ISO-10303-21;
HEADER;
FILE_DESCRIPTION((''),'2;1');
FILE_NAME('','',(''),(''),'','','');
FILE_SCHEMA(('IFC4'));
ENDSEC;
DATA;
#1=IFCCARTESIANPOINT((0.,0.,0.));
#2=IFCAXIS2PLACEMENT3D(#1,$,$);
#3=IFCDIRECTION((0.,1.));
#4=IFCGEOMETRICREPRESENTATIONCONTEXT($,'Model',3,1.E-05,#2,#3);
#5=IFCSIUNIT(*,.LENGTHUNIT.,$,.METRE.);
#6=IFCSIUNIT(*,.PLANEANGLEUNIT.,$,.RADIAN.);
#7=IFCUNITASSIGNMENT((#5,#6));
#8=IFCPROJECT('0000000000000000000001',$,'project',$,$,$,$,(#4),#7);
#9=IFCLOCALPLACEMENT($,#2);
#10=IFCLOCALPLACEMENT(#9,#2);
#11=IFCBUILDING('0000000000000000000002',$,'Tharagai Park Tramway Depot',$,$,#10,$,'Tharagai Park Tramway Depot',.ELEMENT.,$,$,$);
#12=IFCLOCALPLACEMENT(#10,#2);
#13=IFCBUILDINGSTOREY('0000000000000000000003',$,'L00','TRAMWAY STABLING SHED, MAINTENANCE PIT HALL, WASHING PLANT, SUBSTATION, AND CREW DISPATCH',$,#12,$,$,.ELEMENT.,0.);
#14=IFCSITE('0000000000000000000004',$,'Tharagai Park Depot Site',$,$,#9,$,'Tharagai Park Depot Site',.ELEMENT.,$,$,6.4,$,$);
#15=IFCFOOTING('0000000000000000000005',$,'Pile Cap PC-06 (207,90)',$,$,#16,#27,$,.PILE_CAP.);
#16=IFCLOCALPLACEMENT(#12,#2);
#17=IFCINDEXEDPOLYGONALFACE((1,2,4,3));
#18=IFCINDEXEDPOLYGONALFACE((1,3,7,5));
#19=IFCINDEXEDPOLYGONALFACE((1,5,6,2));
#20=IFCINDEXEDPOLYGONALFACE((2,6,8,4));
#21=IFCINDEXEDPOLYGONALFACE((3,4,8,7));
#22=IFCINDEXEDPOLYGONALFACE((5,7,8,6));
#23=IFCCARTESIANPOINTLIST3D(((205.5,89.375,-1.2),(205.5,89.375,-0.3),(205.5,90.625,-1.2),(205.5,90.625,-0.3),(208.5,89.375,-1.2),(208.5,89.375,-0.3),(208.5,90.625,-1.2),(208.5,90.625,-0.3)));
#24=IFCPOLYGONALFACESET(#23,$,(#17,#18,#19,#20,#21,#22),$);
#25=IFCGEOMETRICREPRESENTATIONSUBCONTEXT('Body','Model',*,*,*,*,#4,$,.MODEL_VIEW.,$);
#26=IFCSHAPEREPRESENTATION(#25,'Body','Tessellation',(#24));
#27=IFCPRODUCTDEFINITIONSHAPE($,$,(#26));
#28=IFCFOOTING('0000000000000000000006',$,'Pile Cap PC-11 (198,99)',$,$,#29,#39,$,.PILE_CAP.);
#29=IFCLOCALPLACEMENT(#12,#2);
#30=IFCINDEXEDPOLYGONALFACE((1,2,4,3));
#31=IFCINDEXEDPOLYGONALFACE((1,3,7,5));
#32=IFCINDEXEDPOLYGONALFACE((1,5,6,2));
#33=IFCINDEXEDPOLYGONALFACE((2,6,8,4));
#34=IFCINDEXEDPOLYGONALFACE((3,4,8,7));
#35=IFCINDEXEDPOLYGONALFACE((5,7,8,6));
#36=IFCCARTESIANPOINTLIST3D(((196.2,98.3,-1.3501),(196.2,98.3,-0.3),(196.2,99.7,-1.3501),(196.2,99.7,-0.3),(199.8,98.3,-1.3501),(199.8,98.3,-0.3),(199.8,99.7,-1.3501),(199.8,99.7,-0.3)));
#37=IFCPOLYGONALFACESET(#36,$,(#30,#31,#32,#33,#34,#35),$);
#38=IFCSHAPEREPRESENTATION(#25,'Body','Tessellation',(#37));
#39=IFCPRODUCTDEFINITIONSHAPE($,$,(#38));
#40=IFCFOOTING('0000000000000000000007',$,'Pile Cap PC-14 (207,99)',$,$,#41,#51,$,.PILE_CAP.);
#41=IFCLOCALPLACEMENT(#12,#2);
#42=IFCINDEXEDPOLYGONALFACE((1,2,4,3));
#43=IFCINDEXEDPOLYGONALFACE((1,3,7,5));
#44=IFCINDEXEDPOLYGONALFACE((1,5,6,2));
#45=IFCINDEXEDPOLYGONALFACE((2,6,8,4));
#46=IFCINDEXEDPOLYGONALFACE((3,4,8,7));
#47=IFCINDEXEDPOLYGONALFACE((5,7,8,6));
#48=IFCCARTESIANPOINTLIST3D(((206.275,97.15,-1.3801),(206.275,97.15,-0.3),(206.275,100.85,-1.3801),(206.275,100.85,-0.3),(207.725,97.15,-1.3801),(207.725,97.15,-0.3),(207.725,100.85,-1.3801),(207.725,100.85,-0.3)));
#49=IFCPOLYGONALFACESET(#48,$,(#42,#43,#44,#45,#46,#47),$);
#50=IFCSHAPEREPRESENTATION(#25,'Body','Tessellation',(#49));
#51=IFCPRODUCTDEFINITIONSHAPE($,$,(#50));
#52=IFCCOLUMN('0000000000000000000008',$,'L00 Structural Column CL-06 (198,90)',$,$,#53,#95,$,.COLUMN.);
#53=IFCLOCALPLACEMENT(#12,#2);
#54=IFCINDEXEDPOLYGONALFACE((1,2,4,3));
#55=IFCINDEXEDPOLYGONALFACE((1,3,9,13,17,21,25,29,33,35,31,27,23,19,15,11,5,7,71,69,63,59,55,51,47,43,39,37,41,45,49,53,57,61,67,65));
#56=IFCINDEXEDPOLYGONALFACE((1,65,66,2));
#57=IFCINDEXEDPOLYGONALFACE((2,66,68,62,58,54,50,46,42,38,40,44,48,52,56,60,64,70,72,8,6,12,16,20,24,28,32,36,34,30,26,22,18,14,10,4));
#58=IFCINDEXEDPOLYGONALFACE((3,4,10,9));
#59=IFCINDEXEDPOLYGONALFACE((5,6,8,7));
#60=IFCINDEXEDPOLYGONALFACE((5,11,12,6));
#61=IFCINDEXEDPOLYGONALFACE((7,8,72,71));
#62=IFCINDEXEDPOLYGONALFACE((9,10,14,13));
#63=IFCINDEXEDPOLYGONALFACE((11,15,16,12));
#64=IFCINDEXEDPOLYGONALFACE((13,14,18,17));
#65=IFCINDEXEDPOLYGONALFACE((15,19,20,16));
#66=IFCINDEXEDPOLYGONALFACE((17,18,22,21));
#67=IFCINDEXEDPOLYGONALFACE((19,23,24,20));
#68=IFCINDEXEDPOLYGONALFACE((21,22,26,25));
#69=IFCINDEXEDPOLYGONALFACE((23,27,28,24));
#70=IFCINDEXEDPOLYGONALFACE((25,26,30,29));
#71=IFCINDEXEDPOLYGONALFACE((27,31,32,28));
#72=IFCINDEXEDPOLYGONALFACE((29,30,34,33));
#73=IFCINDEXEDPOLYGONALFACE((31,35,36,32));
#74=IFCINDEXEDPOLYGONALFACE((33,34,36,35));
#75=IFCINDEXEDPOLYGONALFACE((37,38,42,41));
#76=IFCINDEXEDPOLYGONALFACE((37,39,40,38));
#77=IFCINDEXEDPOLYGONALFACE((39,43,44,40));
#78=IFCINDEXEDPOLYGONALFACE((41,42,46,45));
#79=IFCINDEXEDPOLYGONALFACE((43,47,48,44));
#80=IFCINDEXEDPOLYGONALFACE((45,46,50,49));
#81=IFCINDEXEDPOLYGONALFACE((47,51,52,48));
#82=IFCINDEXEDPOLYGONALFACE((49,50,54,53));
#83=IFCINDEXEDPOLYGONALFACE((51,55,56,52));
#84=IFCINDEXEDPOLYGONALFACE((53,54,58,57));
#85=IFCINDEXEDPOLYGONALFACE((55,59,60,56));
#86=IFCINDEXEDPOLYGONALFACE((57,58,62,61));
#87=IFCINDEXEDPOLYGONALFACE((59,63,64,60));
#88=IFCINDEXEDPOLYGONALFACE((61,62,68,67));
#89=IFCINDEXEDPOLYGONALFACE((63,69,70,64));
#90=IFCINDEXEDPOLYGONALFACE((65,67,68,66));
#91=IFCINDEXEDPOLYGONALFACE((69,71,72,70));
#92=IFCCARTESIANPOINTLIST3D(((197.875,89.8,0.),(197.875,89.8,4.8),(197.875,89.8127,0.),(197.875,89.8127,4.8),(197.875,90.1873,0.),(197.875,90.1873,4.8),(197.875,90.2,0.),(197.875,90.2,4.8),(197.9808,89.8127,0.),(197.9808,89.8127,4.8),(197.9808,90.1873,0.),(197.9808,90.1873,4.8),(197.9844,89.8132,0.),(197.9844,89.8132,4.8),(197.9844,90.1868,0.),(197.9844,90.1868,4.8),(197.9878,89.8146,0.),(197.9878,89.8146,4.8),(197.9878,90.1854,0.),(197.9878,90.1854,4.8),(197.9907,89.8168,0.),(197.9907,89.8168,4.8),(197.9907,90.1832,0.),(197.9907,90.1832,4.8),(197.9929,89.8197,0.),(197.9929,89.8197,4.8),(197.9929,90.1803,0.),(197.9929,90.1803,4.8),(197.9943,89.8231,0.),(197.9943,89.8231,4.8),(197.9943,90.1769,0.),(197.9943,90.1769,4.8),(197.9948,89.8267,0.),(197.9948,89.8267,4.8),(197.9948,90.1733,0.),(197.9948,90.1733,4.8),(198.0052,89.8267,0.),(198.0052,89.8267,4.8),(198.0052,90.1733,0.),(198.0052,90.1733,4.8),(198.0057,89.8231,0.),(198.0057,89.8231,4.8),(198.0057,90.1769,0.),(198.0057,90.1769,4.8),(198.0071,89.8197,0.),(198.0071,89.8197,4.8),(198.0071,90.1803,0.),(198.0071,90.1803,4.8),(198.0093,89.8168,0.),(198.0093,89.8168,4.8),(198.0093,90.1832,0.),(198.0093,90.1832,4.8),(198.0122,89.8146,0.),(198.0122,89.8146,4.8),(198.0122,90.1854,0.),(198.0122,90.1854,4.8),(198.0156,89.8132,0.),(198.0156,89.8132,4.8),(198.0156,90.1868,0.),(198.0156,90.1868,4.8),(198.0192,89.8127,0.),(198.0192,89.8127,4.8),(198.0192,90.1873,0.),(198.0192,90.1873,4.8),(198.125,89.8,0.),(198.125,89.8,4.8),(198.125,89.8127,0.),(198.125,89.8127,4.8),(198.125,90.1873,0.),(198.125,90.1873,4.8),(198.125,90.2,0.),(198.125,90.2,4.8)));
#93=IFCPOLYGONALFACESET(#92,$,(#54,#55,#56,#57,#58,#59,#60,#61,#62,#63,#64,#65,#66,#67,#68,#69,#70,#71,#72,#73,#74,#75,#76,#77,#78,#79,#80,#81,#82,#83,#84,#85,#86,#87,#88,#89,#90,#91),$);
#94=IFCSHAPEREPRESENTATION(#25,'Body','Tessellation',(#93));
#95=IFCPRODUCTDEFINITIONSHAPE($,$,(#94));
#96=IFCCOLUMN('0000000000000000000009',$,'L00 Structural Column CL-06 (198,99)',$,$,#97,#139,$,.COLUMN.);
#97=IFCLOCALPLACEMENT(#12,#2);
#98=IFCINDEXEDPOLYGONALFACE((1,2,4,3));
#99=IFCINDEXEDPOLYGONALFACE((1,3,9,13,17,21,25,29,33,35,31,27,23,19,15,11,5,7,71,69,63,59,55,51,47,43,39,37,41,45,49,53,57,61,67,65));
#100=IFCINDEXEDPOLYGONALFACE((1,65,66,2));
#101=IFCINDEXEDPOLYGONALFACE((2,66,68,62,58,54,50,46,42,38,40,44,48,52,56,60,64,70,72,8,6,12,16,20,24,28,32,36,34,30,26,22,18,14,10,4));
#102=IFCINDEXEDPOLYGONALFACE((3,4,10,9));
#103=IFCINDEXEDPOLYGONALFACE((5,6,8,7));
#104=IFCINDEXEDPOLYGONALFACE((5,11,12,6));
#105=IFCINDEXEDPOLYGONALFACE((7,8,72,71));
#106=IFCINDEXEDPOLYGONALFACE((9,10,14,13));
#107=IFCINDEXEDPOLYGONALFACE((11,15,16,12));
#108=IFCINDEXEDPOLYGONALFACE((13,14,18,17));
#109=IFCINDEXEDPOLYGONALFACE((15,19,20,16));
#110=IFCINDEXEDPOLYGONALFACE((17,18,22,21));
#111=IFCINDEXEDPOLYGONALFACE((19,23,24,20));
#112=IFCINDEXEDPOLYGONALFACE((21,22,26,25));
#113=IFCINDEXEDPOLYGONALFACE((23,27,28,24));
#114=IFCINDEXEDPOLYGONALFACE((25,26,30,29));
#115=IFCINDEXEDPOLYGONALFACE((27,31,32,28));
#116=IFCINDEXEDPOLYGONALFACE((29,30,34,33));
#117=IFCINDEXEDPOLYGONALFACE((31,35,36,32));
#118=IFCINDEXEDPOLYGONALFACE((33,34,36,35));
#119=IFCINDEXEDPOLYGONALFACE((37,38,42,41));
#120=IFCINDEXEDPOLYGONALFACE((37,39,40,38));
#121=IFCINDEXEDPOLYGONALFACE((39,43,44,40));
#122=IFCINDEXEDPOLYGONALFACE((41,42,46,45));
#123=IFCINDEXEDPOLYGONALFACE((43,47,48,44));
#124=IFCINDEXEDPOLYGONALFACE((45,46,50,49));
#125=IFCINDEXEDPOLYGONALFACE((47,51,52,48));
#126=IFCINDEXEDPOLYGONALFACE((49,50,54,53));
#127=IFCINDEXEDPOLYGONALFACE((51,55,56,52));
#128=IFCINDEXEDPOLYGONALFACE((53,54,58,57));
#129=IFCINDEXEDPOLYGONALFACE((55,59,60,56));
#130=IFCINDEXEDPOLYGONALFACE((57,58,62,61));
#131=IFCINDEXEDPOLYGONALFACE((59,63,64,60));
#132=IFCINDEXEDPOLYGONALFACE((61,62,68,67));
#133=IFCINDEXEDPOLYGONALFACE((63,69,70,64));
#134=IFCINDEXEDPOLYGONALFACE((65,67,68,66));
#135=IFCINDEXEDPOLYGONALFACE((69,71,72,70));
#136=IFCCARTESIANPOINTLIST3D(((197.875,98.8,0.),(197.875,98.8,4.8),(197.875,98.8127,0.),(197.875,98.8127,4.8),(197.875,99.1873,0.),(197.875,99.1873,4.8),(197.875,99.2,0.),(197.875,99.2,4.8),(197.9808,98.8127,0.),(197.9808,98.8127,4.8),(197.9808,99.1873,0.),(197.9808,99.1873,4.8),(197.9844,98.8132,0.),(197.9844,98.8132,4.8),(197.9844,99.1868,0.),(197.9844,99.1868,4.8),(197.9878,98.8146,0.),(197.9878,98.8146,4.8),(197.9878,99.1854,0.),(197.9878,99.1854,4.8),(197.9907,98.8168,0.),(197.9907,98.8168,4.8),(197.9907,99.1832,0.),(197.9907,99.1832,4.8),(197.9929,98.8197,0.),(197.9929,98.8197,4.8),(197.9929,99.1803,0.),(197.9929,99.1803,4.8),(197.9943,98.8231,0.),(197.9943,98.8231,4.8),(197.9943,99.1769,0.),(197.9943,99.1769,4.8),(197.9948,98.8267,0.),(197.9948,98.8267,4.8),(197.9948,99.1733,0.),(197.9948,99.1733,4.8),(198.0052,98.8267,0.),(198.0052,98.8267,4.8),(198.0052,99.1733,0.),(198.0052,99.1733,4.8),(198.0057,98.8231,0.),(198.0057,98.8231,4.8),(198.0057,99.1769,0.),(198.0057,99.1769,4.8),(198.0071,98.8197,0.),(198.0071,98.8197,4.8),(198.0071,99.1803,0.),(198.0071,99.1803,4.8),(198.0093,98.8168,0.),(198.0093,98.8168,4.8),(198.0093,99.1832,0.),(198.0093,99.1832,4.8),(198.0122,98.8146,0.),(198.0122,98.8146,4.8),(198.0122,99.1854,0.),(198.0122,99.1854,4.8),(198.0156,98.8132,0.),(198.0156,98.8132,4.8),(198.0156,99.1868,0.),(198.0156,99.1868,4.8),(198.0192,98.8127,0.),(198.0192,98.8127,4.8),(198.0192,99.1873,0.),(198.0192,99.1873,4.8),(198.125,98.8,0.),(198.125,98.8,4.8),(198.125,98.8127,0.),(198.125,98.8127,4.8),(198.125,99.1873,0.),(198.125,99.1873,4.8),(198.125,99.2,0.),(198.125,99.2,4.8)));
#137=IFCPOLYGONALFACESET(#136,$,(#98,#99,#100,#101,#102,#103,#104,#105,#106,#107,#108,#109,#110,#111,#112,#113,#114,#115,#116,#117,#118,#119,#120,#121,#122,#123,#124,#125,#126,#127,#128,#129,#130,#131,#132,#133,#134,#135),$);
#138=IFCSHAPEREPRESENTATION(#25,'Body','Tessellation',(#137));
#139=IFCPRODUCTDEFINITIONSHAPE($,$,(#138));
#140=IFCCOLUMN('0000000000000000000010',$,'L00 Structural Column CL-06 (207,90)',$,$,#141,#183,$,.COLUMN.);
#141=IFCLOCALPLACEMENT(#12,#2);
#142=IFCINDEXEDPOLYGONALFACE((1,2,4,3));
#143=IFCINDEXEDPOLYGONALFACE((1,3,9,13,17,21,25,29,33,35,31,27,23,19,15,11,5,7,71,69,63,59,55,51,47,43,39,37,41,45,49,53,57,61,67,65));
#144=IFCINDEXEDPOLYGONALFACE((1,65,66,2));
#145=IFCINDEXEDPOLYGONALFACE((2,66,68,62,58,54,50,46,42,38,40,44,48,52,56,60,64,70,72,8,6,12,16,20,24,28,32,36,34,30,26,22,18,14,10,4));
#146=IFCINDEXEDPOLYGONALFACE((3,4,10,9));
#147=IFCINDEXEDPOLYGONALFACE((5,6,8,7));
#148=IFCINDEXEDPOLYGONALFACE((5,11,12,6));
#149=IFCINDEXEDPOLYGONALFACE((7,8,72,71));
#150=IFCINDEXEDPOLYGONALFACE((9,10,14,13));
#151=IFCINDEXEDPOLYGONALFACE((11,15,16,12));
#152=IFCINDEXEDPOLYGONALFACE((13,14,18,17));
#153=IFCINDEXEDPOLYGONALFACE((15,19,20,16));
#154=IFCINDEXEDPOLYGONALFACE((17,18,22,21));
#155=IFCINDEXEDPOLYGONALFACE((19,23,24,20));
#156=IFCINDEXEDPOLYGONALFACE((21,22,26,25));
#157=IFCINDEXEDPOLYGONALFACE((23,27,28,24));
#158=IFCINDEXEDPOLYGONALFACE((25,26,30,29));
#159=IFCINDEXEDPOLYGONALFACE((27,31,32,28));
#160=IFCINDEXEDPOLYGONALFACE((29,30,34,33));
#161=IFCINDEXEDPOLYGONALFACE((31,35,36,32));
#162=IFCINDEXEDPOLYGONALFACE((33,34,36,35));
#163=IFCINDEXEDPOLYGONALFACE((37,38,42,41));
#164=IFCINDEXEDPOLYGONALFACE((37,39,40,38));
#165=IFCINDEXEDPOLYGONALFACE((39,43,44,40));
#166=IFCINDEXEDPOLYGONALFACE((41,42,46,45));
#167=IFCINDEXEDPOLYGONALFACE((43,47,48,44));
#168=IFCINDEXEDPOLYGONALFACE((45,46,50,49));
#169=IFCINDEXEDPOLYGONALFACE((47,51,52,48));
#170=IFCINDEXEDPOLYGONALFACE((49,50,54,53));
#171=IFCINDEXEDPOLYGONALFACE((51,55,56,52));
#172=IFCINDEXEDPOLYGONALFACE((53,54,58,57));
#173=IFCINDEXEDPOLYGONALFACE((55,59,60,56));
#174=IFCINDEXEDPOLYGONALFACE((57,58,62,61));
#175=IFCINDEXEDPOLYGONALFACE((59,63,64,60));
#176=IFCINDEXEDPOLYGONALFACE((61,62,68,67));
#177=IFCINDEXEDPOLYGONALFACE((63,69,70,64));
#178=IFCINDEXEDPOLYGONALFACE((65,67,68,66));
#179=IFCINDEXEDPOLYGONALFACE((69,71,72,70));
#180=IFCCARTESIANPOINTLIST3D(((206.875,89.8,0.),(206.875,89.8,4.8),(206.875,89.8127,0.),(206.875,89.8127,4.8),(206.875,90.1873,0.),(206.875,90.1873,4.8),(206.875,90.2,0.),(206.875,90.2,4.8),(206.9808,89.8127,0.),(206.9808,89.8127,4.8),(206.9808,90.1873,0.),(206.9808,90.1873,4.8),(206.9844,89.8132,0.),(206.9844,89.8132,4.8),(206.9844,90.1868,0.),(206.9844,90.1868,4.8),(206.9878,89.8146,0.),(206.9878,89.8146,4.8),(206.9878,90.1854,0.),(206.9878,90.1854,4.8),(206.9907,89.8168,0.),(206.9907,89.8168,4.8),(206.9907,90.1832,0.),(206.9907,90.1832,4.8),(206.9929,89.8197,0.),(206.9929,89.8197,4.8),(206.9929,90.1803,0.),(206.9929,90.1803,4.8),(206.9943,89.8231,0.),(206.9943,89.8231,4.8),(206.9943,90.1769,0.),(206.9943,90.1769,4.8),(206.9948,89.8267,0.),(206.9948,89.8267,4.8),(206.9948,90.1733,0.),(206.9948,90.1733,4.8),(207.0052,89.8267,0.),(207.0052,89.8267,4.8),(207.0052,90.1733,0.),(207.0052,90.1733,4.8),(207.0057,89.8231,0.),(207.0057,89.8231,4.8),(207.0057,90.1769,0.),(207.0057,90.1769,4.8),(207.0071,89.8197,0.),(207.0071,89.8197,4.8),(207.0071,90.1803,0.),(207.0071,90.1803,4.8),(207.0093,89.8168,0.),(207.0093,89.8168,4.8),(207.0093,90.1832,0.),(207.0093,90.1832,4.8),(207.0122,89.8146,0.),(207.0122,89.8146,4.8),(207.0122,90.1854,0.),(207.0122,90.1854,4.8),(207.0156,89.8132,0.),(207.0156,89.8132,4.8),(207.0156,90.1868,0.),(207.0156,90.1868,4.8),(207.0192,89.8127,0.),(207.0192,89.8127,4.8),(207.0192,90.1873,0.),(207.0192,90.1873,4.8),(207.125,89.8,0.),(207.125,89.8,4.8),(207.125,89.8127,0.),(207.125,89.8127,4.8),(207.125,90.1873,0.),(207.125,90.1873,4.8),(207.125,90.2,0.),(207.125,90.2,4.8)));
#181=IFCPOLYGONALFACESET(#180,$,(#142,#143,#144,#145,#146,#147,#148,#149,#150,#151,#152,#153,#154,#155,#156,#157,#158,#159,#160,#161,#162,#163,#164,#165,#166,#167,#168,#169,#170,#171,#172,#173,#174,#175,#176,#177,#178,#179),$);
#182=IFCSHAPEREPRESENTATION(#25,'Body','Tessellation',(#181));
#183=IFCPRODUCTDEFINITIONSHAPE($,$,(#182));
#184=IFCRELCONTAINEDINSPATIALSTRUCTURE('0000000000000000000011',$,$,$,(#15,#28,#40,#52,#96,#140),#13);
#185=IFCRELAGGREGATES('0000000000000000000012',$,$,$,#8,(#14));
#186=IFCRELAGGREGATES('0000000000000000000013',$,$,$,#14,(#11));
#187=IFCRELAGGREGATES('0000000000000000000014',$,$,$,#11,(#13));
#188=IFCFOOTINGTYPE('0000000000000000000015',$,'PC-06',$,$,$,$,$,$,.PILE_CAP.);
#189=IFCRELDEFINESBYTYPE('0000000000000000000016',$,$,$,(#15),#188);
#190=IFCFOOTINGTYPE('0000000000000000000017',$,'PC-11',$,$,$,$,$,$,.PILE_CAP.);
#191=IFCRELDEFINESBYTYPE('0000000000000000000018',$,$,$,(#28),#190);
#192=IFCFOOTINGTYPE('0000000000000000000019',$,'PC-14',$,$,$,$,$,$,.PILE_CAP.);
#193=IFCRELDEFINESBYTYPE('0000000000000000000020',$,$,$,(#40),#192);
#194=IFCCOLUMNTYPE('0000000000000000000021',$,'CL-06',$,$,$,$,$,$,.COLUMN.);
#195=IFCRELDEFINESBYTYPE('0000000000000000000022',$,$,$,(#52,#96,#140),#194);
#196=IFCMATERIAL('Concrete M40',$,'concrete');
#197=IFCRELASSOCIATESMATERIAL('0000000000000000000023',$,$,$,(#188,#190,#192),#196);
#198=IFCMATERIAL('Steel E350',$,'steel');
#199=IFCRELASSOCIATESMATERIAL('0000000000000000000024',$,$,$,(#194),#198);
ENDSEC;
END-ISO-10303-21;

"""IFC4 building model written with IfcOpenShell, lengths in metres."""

from ifc_helpers import new_model, si_unit, direction, frame, origin, origin_2d, place, context, subcontext, project, spatial, rectangle, i_section, extrude, material, material_profile, profile_set, type_object, element, save


model = new_model("IFC4")

# Units and contexts
model_context = context("Model", 3, precision=1e-05, world=origin(), true_north=direction((0.0, 1.0)))
body_context = subcontext(model_context, "Body", "Model", "MODEL_VIEW")
ifc_project = project(units=[si_unit("LENGTHUNIT", "METRE"), si_unit("PLANEANGLEUNIT", "RADIAN")], contexts=[model_context])

# Site, building, storey
site_placement = place(None, origin())
site = spatial("IfcSite", under=ifc_project, at=site_placement, Name="Tharagai Park Depot Site", LongName="Tharagai Park Depot Site", CompositionType="ELEMENT", RefElevation=6.4)
building_placement = place(site_placement, origin())
building = spatial("IfcBuilding", under=site, at=building_placement, Name="Tharagai Park Tramway Depot", LongName="Tharagai Park Tramway Depot", CompositionType="ELEMENT")
storey_placement = place(building_placement, origin())
storey = spatial("IfcBuildingStorey", under=building, at=storey_placement, Name="L00", Description="TRAMWAY STABLING SHED, MAINTENANCE PIT HALL, WASHING PLANT, SUBSTATION, AND CREW DISPATCH", CompositionType="ELEMENT", Elevation=0.0)

# Shared definitions
ifc_material_1 = material(Name="Concrete M40", Category="concrete")

# Footings
footing_type_1 = type_object("IfcFootingType", Name="PC-06", PredefinedType="PILE_CAP", material=ifc_material_1)
footing_1_placement = place(storey_placement, frame((207.0, 90.0, -1.2), z_axis=(0.0, 0.0, 1.0), x_axis=(1.0, 0.0, 0.0)))
element("IfcFooting", 1, at=footing_1_placement, inside=storey, type_object=footing_type_1, Name="Pile Cap PC-06 (207,90)", PredefinedType="PILE_CAP", context=body_context, shape_type="SweptSolid", body=[
    extrude(rectangle(XDim=3.0, YDim=1.25, at=origin_2d()), origin(), (0.0, 0.0, 1.0), 0.8999),
])
footing_type_2 = type_object("IfcFootingType", Name="PC-11", PredefinedType="PILE_CAP", material=ifc_material_1)
footing_2_placement = place(storey_placement, frame((198.0, 99.0, -1.3501), z_axis=(0.0, 0.0, 1.0), x_axis=(1.0, 0.0, 0.0)))
element("IfcFooting", 2, at=footing_2_placement, inside=storey, type_object=footing_type_2, Name="Pile Cap PC-11 (198,99)", PredefinedType="PILE_CAP", context=body_context, shape_type="SweptSolid", body=[
    extrude(rectangle(XDim=3.6001, YDim=1.3999, at=origin_2d()), origin(), (0.0, 0.0, 1.0), 1.05),
])
footing_type_3 = type_object("IfcFootingType", Name="PC-14", PredefinedType="PILE_CAP", material=ifc_material_1)
footing_3_placement = place(storey_placement, frame((207.0, 99.0, -1.3801), z_axis=(0.0, 0.0, 1.0), x_axis=(1.0, 0.0, 0.0)))
element("IfcFooting", 3, at=footing_3_placement, inside=storey, type_object=footing_type_3, Name="Pile Cap PC-14 (207,99)", PredefinedType="PILE_CAP", context=body_context, shape_type="SweptSolid", body=[
    extrude(rectangle(XDim=1.45, YDim=3.7, at=origin_2d()), origin(), (0.0, 0.0, 1.0), 1.0801),
])

# Columns
ifc_material_2 = material(Name="Steel E350", Category="steel")
ifc_material_profile_1 = material_profile(ifc_material_2, i_section(OverallWidth=0.25, OverallDepth=0.3999, WebThickness=0.0105, FlangeThickness=0.0127, FilletRadius=0.0139, at=origin_2d()), Name="ISHB 400")
ifc_profile_set_1 = profile_set([ifc_material_profile_1], Name="Steel E350")
column_type = type_object("IfcColumnType", Name="CL-06", PredefinedType="COLUMN", material=ifc_profile_set_1)
for number, where, z_axis, x_axis, name in (
    (4, (198.0, 90.0, 0.0), (0.0, 0.0, 1.0), (1.0, 0.0, 0.0), "L00 Structural Column CL-06 (198,90)"),
    (5, (198.0, 99.0, 0.0), (0.0, 0.0, 1.0), (1.0, 0.0, 0.0), "L00 Structural Column CL-06 (198,99)"),
    (6, (207.0, 90.0, 0.0), (0.0, 0.0, 1.0), (1.0, 0.0, 0.0), "L00 Structural Column CL-06 (207,90)"),
):
    element("IfcColumn", number, at=place(storey_placement, frame(where, z_axis=z_axis, x_axis=x_axis)), inside=storey, type_object=column_type, Name=name, PredefinedType="COLUMN", context=body_context, shape_type="SweptSolid", body=[
        extrude(i_section(OverallWidth=0.25, OverallDepth=0.3999, WebThickness=0.0105, FlangeThickness=0.0127, FilletRadius=0.0139, at=origin_2d()), origin(), (0.0, 0.0, 1.0), 4.8),
    ])

save(model, "model.ifc")
